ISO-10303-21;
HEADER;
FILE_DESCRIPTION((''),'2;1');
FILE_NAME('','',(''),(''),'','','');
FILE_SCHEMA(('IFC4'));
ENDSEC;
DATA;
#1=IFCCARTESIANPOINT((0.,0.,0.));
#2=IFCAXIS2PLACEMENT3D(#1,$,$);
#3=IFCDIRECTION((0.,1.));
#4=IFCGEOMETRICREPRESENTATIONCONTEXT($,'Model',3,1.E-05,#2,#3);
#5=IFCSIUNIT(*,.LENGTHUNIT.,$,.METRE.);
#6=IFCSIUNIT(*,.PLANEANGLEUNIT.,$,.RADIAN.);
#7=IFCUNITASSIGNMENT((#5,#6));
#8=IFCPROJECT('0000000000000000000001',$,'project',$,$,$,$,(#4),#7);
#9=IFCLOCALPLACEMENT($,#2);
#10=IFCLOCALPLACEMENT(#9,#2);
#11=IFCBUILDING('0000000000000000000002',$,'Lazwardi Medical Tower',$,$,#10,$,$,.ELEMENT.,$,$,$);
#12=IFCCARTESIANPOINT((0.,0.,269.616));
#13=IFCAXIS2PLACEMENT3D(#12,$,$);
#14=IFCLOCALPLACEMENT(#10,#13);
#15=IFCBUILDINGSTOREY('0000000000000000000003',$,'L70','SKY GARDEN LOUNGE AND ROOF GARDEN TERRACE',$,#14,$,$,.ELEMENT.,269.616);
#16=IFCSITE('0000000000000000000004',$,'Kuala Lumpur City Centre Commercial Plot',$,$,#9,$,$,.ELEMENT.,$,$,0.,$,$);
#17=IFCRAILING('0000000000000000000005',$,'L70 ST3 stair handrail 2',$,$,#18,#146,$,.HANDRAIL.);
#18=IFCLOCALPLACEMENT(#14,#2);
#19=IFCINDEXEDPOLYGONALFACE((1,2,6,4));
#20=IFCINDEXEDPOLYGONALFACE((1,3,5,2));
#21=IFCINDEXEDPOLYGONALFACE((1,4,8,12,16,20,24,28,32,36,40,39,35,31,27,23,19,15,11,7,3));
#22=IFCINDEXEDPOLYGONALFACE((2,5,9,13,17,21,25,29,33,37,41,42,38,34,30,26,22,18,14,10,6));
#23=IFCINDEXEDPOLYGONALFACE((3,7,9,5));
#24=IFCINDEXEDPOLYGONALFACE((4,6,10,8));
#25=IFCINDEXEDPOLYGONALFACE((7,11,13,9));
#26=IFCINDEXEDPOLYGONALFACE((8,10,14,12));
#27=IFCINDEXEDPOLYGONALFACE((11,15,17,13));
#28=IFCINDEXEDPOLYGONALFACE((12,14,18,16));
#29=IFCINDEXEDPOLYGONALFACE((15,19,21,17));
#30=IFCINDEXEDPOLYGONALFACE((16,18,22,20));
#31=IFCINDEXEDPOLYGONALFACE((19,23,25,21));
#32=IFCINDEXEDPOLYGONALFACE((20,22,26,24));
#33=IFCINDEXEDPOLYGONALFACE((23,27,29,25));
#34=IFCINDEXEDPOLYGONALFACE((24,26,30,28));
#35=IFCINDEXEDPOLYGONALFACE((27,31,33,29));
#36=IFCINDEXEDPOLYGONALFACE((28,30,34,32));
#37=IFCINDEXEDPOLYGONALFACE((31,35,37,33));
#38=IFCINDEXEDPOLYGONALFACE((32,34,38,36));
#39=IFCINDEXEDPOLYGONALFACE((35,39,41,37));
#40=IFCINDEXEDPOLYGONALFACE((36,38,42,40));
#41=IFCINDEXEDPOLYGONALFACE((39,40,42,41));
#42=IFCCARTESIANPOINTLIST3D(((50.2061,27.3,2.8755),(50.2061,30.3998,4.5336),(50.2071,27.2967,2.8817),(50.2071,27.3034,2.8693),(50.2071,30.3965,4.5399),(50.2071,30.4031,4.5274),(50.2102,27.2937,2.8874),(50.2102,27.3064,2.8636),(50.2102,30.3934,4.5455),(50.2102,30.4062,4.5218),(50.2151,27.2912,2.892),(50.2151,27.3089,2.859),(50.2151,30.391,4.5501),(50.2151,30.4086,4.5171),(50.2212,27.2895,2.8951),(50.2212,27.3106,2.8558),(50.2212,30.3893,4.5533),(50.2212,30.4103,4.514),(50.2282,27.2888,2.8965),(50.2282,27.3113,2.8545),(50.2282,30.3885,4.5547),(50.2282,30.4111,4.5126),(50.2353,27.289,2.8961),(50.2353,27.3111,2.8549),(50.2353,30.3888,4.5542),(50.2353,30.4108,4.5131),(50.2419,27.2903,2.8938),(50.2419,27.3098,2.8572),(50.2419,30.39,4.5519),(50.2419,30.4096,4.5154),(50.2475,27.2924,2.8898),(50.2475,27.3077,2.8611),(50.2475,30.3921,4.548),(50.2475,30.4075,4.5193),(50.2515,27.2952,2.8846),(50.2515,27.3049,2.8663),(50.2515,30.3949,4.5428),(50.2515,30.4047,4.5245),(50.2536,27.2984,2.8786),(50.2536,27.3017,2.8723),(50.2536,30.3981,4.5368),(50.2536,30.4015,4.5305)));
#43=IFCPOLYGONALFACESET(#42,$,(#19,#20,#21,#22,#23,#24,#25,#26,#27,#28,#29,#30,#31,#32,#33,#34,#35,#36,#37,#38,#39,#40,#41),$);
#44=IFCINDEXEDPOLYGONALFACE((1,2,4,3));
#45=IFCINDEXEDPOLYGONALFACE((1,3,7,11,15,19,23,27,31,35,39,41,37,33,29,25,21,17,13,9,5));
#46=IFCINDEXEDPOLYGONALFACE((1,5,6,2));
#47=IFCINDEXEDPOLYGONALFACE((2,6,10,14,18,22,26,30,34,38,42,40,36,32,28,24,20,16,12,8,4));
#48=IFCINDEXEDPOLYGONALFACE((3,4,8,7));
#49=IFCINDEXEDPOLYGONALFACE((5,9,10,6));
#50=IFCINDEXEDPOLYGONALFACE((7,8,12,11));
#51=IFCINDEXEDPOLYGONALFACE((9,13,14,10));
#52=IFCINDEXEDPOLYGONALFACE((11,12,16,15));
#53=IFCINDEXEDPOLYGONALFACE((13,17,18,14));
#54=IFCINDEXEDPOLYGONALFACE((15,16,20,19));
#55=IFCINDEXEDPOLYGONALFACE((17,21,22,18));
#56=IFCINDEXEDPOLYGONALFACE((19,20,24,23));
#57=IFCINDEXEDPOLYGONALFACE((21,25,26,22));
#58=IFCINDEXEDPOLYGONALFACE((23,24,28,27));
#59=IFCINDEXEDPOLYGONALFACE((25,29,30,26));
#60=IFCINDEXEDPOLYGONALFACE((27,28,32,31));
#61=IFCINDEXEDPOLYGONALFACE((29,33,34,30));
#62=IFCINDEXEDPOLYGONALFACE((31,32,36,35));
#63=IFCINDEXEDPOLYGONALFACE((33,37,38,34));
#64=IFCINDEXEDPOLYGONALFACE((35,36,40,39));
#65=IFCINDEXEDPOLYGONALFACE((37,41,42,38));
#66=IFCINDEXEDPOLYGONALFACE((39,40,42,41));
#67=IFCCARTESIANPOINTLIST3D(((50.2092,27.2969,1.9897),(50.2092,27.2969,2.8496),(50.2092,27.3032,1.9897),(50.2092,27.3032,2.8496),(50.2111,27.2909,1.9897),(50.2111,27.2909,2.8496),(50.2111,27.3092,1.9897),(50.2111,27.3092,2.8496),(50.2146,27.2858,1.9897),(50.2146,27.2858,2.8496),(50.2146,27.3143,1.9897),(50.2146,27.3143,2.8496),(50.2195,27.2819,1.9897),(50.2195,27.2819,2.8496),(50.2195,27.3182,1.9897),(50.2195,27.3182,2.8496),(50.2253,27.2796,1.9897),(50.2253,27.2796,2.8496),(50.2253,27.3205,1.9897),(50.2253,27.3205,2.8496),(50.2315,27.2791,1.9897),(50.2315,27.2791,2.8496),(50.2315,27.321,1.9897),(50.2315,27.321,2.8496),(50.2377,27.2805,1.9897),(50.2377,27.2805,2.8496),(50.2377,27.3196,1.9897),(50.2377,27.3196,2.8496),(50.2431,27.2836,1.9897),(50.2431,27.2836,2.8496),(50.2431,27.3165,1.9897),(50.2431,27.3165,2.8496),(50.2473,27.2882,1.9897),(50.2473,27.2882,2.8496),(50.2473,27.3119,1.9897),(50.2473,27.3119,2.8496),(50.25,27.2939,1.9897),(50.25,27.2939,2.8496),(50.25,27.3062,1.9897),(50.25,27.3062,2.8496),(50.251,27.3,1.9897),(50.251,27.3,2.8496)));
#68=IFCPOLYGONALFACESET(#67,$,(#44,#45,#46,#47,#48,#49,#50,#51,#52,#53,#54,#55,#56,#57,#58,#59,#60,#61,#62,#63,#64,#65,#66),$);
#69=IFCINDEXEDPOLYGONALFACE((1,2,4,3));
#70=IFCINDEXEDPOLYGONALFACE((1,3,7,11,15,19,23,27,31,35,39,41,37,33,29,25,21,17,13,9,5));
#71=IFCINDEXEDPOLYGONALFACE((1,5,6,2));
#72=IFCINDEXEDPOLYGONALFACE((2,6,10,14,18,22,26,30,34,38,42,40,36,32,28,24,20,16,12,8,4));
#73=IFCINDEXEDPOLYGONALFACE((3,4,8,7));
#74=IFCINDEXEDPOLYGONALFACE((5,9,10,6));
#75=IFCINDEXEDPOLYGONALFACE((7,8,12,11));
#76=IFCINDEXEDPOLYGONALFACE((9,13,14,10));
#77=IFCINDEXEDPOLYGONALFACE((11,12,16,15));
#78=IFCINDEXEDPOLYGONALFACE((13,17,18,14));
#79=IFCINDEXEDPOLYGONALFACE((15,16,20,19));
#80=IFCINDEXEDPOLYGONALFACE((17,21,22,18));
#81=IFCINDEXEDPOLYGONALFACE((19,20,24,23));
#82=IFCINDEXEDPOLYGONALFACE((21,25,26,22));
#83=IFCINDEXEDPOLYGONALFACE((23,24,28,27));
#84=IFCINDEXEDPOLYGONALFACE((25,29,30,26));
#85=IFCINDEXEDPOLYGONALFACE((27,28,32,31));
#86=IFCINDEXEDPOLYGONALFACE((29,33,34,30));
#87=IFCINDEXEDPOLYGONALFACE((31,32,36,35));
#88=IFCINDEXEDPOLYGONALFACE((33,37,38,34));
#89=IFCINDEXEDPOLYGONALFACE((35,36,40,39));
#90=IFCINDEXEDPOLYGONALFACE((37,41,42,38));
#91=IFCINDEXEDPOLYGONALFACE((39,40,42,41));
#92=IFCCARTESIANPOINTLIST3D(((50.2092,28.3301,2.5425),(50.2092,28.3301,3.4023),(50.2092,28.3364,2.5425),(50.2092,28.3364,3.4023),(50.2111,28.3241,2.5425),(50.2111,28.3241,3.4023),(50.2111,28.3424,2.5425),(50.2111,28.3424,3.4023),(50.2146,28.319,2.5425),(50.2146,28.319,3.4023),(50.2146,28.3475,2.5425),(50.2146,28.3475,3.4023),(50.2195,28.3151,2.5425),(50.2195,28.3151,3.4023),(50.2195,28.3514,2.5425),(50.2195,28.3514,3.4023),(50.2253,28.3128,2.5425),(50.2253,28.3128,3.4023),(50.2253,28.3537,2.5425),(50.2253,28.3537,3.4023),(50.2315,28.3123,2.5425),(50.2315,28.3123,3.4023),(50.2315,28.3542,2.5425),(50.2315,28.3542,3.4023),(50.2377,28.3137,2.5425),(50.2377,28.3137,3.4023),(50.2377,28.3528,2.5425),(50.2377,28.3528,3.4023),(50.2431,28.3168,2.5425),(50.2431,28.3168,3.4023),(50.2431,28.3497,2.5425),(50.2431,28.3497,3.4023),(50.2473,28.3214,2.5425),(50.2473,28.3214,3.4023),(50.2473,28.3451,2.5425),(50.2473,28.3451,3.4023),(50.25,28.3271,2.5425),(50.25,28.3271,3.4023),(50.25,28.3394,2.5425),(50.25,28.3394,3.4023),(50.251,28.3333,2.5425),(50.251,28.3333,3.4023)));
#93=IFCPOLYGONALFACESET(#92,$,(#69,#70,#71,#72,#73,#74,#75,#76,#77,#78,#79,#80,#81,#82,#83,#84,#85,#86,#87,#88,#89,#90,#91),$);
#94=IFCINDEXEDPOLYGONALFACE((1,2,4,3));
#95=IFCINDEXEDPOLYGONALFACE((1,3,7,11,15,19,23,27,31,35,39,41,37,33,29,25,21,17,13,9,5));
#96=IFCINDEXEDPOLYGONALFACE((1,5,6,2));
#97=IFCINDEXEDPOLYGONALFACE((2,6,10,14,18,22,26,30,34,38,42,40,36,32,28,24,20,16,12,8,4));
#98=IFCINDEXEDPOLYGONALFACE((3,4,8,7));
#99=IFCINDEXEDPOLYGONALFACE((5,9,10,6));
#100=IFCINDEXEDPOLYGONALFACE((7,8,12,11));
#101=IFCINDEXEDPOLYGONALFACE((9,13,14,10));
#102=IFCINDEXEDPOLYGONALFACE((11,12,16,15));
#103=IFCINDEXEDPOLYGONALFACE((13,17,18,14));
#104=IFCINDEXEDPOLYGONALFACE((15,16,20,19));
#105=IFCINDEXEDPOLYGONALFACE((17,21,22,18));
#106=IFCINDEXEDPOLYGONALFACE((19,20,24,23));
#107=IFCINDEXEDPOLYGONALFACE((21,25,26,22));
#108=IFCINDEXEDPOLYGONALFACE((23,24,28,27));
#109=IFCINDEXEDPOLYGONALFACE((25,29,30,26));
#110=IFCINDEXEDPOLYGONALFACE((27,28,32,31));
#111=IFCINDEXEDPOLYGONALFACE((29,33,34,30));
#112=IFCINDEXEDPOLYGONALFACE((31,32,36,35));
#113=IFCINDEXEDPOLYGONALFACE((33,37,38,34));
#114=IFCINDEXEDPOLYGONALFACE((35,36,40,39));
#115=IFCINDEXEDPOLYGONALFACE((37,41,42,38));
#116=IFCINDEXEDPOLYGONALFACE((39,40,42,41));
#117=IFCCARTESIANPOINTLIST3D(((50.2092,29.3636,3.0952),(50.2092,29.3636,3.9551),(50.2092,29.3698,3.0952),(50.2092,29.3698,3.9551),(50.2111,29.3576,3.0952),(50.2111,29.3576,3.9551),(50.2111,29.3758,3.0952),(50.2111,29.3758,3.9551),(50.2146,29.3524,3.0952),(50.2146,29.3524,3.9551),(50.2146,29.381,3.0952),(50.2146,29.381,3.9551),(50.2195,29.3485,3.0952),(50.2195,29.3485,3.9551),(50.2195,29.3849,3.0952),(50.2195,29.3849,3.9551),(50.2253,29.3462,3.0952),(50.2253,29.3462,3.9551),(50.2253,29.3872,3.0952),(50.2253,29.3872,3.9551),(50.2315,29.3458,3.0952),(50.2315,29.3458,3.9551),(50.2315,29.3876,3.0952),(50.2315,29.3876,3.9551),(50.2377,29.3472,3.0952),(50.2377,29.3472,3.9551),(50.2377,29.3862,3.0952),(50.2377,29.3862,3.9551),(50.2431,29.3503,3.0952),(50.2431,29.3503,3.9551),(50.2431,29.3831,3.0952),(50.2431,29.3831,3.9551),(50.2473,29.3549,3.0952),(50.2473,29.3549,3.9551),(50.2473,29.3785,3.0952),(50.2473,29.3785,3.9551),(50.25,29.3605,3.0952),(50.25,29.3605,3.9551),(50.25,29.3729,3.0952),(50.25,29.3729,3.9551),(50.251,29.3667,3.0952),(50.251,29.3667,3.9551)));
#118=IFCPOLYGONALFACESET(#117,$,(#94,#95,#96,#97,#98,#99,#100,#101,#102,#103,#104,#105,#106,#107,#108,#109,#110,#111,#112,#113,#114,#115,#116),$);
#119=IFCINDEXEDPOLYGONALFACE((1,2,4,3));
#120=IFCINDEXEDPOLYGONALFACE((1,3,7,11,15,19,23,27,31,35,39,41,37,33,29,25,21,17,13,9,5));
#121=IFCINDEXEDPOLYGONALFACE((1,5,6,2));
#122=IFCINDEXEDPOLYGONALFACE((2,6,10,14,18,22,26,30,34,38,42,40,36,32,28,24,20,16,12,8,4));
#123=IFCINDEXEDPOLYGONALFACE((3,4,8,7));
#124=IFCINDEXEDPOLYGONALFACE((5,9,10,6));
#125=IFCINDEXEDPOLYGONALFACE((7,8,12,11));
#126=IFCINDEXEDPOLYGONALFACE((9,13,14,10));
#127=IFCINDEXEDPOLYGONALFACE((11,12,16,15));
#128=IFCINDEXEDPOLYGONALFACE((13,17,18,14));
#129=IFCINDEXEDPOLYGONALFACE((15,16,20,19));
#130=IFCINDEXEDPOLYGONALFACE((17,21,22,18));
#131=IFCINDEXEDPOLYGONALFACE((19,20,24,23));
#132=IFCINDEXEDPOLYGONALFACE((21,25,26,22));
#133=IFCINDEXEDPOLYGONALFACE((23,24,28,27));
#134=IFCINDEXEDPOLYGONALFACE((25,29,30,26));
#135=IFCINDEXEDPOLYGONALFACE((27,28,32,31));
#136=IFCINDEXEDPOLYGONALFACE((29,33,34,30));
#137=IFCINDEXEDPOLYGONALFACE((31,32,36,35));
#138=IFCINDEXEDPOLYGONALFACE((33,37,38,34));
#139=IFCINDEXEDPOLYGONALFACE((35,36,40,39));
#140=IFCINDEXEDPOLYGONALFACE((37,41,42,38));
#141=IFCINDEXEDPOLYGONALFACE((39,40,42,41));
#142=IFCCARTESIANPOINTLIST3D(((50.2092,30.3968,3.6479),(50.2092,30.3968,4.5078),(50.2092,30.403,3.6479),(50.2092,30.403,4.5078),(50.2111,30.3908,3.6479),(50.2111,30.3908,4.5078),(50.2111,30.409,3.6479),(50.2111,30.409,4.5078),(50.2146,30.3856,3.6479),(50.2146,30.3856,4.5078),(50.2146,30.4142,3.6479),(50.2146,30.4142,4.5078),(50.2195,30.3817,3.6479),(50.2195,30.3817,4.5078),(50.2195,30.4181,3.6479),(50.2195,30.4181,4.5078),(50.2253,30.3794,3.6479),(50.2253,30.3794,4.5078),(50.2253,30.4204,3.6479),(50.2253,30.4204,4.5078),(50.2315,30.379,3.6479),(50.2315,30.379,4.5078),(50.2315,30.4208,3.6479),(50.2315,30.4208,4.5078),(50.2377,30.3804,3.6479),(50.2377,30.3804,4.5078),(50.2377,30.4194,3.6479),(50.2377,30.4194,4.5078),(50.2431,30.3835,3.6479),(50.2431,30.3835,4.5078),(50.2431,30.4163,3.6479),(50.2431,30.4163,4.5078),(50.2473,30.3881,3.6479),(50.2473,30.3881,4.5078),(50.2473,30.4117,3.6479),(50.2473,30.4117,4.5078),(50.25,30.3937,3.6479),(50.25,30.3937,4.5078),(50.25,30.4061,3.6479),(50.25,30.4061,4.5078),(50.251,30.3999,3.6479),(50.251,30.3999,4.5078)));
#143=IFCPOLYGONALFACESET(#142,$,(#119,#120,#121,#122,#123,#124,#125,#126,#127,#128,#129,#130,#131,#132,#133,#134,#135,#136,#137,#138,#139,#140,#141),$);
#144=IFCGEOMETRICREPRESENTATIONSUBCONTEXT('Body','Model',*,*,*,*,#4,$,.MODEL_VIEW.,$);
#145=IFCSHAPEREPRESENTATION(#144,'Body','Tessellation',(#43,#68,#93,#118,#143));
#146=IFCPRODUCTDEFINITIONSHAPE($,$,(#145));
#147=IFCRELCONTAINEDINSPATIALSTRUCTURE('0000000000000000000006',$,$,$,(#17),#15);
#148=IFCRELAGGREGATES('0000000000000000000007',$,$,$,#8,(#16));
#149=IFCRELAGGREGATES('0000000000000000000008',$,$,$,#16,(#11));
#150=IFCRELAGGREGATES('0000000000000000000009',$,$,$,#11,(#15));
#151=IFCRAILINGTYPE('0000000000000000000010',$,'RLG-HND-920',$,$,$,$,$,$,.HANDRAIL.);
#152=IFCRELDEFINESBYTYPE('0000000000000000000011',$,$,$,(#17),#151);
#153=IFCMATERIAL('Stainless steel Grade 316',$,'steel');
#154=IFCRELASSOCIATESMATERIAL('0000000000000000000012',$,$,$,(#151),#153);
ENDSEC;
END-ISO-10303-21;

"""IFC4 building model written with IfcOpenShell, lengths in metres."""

from ifc_helpers import new_model, si_unit, direction, frame, origin, origin_2d, place, context, subcontext, project, spatial, circle, extrude, material, type_object, element, save


model = new_model("IFC4")

# Units and contexts
model_context = context("Model", 3, precision=1e-05, world=origin(), true_north=direction((0.0, 1.0)))
body_context = subcontext(model_context, "Body", "Model", "MODEL_VIEW")
ifc_project = project(units=[si_unit("LENGTHUNIT", "METRE"), si_unit("PLANEANGLEUNIT", "RADIAN")], contexts=[model_context])

# Site, building, storey
site_placement = place(None, origin())
site = spatial("IfcSite", under=ifc_project, at=site_placement, Name="Kuala Lumpur City Centre Commercial Plot", CompositionType="ELEMENT", RefElevation=0.0)
building_placement = place(site_placement, origin())
building = spatial("IfcBuilding", under=site, at=building_placement, Name="Lazwardi Medical Tower", CompositionType="ELEMENT")
storey_placement = place(building_placement, frame((0.0, 0.0, 269.616)))
storey = spatial("IfcBuildingStorey", under=building, at=storey_placement, Name="L70", Description="SKY GARDEN LOUNGE AND ROOF GARDEN TERRACE", CompositionType="ELEMENT", Elevation=269.616)

# Railing
ifc_material_1 = material(Name="Stainless steel Grade 316", Category="steel")
railing_type_1 = type_object("IfcRailingType", Name="RLG-HND-920", PredefinedType="HANDRAIL", material=ifc_material_1)
railing_1_placement = place(storey_placement, frame((50.23, 27.3, 1.9897)))
element("IfcRailing", 1, at=railing_1_placement, inside=storey, type_object=railing_type_1, Name="L70 ST3 stair handrail 2", PredefinedType="HANDRAIL", context=body_context, shape_type="SweptSolid", body=[
    extrude(circle(Radius=0.0239, at=origin_2d()), frame((0.0, 0.0, 0.8857), z_axis=(0.0, 0.881768, 0.471684), x_axis=(-1.0, 0.0, 0.0)), (0.0, 0.0, 1.0), 3.5154),
    extrude(circle(Radius=0.021, at=origin_2d()), origin(), (0.0, 0.0, 1.0), 0.8599),
    extrude(circle(Radius=0.021, at=origin_2d()), frame((0.0, 1.0332, 0.5527)), (0.0, 0.0, 1.0), 0.8599),
    extrude(circle(Radius=0.021, at=origin_2d()), frame((0.0, 2.0667, 1.1055)), (0.0, 0.0, 1.0), 0.8599),
    extrude(circle(Radius=0.021, at=origin_2d()), frame((0.0, 3.0999, 1.6582)), (0.0, 0.0, 1.0), 0.8599),
])

save(model, "model.ifc")
